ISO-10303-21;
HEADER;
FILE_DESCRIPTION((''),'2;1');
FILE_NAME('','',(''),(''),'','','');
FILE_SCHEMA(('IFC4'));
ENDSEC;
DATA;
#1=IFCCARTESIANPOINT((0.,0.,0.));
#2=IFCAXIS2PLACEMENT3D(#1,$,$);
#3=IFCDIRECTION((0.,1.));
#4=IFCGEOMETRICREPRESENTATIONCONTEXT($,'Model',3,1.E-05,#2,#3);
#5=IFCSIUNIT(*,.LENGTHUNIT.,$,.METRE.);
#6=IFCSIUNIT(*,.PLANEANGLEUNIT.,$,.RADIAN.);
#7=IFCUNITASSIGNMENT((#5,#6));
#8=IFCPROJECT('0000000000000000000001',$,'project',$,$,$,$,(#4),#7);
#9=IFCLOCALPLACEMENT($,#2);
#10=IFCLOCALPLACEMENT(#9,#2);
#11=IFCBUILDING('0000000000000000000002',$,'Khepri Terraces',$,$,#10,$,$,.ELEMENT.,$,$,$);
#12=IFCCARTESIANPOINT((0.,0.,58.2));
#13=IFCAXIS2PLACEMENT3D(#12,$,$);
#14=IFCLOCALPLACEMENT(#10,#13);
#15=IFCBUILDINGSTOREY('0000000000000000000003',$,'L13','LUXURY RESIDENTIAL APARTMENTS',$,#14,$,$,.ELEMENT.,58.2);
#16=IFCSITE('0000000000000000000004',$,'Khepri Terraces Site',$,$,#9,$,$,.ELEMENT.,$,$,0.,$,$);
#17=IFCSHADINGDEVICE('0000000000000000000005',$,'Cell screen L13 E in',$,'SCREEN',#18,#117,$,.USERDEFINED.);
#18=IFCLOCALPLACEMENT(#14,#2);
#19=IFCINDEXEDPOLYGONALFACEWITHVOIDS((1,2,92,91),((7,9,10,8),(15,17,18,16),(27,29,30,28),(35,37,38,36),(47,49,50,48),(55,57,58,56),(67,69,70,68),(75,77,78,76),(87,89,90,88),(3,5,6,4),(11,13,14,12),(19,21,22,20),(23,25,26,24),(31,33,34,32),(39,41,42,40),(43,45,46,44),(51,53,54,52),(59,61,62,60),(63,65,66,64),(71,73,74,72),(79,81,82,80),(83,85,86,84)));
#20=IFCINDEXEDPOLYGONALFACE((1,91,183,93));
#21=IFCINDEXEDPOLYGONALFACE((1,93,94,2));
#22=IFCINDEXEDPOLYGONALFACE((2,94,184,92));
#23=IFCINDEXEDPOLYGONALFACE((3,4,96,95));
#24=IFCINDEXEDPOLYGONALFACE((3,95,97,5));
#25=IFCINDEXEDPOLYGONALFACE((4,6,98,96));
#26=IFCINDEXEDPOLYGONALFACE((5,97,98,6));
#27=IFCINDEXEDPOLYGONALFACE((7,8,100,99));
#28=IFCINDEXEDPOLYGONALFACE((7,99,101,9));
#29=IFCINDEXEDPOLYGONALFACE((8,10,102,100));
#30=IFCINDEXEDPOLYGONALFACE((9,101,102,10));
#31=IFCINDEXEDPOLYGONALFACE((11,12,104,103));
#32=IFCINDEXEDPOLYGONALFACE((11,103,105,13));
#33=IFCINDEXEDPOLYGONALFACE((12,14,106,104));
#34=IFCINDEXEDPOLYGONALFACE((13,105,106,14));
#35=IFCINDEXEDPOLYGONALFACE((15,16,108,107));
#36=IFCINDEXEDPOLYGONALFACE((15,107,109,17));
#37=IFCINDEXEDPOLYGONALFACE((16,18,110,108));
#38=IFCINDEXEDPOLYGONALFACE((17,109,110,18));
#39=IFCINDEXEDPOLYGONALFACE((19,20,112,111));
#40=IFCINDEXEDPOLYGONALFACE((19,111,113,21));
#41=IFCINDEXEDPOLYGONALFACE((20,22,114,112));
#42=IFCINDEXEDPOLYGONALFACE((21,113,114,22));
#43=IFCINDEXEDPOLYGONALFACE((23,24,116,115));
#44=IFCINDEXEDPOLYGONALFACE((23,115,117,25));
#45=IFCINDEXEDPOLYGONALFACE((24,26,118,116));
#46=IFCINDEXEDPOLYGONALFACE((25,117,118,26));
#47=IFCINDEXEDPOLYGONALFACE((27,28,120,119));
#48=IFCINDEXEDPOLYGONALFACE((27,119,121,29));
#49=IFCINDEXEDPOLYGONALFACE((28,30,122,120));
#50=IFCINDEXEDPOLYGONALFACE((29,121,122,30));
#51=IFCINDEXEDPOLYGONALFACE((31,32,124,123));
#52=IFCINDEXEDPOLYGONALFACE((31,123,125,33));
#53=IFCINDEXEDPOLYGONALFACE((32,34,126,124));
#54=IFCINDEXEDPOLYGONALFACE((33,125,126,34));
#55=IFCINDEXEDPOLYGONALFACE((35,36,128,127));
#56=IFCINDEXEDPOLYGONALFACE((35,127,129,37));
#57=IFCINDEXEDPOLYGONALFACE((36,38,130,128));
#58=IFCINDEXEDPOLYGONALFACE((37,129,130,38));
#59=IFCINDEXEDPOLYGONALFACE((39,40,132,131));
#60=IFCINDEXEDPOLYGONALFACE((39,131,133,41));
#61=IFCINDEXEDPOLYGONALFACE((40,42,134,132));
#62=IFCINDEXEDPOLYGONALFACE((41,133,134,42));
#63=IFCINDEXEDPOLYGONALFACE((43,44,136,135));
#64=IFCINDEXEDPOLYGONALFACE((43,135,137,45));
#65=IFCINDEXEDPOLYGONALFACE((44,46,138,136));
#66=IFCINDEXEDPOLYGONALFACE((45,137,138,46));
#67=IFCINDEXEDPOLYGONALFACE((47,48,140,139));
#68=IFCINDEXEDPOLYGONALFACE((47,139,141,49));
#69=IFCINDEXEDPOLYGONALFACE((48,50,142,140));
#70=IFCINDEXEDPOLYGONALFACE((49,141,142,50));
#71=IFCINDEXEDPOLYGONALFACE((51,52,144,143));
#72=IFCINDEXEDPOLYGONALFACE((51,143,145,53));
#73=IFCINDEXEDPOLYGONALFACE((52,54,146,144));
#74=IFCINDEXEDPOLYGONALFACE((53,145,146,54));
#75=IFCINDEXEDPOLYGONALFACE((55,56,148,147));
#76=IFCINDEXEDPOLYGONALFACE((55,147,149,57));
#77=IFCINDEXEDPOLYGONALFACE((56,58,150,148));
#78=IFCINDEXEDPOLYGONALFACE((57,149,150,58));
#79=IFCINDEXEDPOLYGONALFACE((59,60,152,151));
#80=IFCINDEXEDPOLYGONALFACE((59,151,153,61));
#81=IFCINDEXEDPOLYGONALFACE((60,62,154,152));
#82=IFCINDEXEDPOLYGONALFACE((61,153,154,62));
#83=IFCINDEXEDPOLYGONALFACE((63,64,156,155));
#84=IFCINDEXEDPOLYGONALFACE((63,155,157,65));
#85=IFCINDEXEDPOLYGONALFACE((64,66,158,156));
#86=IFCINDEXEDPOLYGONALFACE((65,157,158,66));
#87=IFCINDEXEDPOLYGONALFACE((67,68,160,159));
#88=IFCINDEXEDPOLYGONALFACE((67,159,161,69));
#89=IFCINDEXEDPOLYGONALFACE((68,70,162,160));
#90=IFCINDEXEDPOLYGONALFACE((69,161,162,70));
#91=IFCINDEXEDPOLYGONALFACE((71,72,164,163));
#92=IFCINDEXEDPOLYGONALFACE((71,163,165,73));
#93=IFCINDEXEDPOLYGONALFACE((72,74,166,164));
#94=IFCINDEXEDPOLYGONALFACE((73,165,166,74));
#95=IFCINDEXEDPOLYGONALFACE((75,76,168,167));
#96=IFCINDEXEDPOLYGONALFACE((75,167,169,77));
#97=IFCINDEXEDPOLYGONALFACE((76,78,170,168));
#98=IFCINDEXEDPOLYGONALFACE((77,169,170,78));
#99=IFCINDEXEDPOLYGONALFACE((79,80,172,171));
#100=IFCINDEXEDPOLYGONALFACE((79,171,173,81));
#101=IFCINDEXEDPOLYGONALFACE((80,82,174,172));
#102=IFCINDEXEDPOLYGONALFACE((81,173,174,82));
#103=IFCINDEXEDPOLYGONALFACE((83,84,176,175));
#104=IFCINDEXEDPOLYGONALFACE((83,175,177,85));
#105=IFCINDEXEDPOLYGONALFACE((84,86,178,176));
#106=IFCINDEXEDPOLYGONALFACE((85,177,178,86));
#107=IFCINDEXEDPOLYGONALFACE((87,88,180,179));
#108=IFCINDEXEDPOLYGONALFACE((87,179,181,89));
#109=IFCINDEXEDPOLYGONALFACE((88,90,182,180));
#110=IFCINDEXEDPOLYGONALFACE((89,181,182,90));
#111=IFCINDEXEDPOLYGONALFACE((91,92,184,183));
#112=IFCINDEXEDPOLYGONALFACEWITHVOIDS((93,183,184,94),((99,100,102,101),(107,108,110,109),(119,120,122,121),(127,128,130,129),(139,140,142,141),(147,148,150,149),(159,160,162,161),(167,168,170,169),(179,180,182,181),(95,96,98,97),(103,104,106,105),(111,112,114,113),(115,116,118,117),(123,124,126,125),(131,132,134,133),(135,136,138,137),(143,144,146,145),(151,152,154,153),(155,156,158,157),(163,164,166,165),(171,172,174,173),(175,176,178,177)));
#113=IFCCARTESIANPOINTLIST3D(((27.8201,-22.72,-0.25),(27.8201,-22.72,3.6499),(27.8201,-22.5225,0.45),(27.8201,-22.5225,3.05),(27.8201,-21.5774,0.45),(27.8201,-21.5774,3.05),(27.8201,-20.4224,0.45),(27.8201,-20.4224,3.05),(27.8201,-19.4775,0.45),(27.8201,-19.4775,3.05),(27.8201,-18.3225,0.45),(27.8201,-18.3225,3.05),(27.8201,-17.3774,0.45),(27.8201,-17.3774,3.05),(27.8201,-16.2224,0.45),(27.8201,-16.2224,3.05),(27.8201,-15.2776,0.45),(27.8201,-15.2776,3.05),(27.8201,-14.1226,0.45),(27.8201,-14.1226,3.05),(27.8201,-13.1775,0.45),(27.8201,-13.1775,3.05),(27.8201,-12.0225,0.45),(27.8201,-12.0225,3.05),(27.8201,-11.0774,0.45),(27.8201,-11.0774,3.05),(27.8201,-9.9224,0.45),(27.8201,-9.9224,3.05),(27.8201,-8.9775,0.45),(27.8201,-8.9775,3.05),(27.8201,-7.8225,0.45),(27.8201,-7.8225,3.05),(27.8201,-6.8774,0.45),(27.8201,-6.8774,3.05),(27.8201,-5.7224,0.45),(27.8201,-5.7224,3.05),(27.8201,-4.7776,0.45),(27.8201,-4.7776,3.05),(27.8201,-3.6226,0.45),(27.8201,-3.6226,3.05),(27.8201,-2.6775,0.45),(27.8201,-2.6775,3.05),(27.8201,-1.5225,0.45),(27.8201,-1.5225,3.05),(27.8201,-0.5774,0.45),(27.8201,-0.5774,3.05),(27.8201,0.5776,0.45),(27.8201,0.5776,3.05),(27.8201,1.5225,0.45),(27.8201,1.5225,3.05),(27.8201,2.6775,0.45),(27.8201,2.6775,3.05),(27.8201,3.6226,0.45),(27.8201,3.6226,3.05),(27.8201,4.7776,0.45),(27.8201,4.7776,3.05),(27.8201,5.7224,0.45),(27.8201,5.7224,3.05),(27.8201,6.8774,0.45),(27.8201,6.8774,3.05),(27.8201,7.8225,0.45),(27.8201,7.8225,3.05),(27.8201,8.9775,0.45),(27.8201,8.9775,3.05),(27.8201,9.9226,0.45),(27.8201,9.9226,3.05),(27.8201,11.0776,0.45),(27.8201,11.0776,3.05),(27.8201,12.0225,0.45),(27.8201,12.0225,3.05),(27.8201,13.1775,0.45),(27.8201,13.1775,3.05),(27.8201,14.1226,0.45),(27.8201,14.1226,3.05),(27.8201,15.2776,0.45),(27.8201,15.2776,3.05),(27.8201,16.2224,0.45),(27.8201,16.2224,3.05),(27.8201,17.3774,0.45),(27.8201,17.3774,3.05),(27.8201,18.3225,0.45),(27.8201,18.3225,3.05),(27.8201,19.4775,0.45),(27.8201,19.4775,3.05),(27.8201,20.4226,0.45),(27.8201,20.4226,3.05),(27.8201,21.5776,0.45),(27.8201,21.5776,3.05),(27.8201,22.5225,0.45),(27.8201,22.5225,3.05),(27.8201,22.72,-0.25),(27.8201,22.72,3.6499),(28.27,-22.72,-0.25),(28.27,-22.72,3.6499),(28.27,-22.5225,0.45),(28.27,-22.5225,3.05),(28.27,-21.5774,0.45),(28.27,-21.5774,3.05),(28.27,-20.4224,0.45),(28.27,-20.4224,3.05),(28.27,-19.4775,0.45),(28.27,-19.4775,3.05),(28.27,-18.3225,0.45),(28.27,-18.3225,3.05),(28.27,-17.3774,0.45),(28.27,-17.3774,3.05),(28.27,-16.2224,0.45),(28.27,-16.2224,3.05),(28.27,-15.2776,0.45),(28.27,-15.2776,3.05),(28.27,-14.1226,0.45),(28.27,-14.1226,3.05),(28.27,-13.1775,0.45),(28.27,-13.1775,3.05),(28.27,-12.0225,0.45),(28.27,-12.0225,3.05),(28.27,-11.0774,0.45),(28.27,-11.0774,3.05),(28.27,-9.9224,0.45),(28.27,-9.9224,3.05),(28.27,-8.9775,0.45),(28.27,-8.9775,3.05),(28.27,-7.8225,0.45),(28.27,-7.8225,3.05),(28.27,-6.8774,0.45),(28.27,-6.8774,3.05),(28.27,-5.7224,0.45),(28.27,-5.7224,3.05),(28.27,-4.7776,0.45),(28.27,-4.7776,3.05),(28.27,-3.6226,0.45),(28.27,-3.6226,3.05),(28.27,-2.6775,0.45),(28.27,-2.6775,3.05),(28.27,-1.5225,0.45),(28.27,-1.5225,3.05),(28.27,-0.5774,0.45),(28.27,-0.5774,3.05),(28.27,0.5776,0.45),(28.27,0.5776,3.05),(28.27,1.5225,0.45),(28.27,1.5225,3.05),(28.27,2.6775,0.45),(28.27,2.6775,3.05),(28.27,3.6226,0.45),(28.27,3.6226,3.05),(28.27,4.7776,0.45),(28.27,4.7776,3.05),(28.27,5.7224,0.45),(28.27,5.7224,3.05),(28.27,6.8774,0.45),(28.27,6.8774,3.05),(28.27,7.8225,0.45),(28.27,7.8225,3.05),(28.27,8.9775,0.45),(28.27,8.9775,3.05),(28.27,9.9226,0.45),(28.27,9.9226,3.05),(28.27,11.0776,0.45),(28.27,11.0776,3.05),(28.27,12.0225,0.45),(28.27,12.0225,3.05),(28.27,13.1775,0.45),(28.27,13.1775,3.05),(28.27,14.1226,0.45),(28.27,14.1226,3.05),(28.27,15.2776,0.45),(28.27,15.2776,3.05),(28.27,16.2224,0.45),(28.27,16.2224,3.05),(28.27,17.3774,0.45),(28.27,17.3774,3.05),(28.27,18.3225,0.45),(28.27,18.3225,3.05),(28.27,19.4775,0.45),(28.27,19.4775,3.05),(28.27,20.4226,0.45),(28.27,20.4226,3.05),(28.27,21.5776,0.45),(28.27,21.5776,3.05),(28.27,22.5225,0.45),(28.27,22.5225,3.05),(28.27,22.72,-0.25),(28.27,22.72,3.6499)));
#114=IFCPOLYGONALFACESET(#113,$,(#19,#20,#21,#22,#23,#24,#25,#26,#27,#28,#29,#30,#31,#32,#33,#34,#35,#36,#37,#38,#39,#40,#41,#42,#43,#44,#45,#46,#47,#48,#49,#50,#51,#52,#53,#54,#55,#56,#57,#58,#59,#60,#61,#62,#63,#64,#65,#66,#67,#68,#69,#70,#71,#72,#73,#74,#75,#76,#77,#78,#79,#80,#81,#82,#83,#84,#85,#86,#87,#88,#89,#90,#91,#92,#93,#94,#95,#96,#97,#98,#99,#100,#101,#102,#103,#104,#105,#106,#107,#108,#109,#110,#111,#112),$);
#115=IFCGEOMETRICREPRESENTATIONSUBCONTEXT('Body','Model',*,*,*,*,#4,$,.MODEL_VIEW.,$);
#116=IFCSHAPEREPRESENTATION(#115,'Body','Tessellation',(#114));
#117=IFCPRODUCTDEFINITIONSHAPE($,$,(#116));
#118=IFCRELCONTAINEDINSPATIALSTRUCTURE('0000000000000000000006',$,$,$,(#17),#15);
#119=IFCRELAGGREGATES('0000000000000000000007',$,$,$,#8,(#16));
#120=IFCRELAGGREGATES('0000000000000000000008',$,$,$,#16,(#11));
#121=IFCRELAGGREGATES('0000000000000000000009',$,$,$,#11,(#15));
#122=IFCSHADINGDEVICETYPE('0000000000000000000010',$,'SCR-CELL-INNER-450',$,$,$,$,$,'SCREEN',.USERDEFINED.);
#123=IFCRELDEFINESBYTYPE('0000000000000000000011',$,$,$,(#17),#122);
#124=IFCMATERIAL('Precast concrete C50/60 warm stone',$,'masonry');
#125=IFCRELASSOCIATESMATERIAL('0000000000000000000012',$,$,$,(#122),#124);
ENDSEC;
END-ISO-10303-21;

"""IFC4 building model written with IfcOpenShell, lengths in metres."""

from ifc_helpers import new_model, si_unit, direction, frame, origin, place, context, subcontext, project, spatial, polyline, outline, extrude, material, type_object, element, save


model = new_model("IFC4")

# Units and contexts
model_context = context("Model", 3, precision=1e-05, world=origin(), true_north=direction((0.0, 1.0)))
body_context = subcontext(model_context, "Body", "Model", "MODEL_VIEW")
ifc_project = project(units=[si_unit("LENGTHUNIT", "METRE"), si_unit("PLANEANGLEUNIT", "RADIAN")], contexts=[model_context])

# Site, building, storey
site_placement = place(None, origin())
site = spatial("IfcSite", under=ifc_project, at=site_placement, Name="Khepri Terraces Site", CompositionType="ELEMENT", RefElevation=0.0)
building_placement = place(site_placement, origin())
building = spatial("IfcBuilding", under=site, at=building_placement, Name="Khepri Terraces", CompositionType="ELEMENT")
storey_placement = place(building_placement, frame((0.0, 0.0, 58.2)))
storey = spatial("IfcBuildingStorey", under=building, at=storey_placement, Name="L13", Description="LUXURY RESIDENTIAL APARTMENTS", CompositionType="ELEMENT", Elevation=58.2)

# Shared definitions
ifc_material_1 = material(Name="Precast concrete C50/60 warm stone", Category="masonry")

# Shading device
shading_device_type_1 = type_object("IfcShadingDeviceType", Name="SCR-CELL-INNER-450", ElementType="SCREEN", PredefinedType="USERDEFINED", material=ifc_material_1)
shading_device_1_placement = place(storey_placement, frame((27.8201, -22.72, -0.25), z_axis=(1.0, 0.0, 0.0), x_axis=(0.0, 1.0, 0.0)))
element("IfcShadingDevice", 1, at=shading_device_1_placement, inside=storey, type_object=shading_device_type_1, Name="Cell screen L13 E in", ObjectType="SCREEN", PredefinedType="USERDEFINED", context=body_context, shape_type="SweptSolid", body=[
    extrude(outline(polyline([(0.0, 0.0), (45.4399, 0.0), (45.4399, 3.8999), (0.0, 3.8999), (0.0, 0.0)]), holes=[polyline([(0.1975, 0.7), (1.1426, 0.7), (1.1426, 3.3), (0.1975, 3.3), (0.1975, 0.7)]), polyline([(2.2976, 0.7), (3.2424, 0.7), (3.2424, 3.3), (2.2976, 3.3), (2.2976, 0.7)]), polyline([(4.3975, 0.7), (5.3425, 0.7), (5.3425, 3.3), (4.3975, 3.3), (4.3975, 0.7)]), polyline([(6.4976, 0.7), (7.4424, 0.7), (7.4424, 3.3), (6.4976, 3.3), (6.4976, 0.7)]), polyline([(8.5974, 0.7), (9.5425, 0.7), (9.5425, 3.3), (8.5974, 3.3), (8.5974, 0.7)]), polyline([(10.6975, 0.7), (11.6426, 0.7), (11.6426, 3.3), (10.6975, 3.3), (10.6975, 0.7)]), polyline([(12.7976, 0.7), (13.7424, 0.7), (13.7424, 3.3), (12.7976, 3.3), (12.7976, 0.7)]), polyline([(14.8975, 0.7), (15.8425, 0.7), (15.8425, 3.3), (14.8975, 3.3), (14.8975, 0.7)]), polyline([(16.9976, 0.7), (17.9424, 0.7), (17.9424, 3.3), (16.9976, 3.3), (16.9976, 0.7)]), polyline([(19.0974, 0.7), (20.0425, 0.7), (20.0425, 3.3), (19.0974, 3.3), (19.0974, 0.7)]), polyline([(21.1975, 0.7), (22.1426, 0.7), (22.1426, 3.3), (21.1975, 3.3), (21.1975, 0.7)]), polyline([(23.2976, 0.7), (24.2424, 0.7), (24.2424, 3.3), (23.2976, 3.3), (23.2976, 0.7)]), polyline([(25.3975, 0.7), (26.3425, 0.7), (26.3425, 3.3), (25.3975, 3.3), (25.3975, 0.7)]), polyline([(27.4976, 0.7), (28.4424, 0.7), (28.4424, 3.3), (27.4976, 3.3), (27.4976, 0.7)]), polyline([(29.5974, 0.7), (30.5425, 0.7), (30.5425, 3.3), (29.5974, 3.3), (29.5974, 0.7)]), polyline([(31.6975, 0.7), (32.6426, 0.7), (32.6426, 3.3), (31.6975, 3.3), (31.6975, 0.7)]), polyline([(33.7976, 0.7), (34.7424, 0.7), (34.7424, 3.3), (33.7976, 3.3), (33.7976, 0.7)]), polyline([(35.8975, 0.7), (36.8425, 0.7), (36.8425, 3.3), (35.8975, 3.3), (35.8975, 0.7)]), polyline([(37.9976, 0.7), (38.9424, 0.7), (38.9424, 3.3), (37.9976, 3.3), (37.9976, 0.7)]), polyline([(40.0974, 0.7), (41.0425, 0.7), (41.0425, 3.3), (40.0974, 3.3), (40.0974, 0.7)]), polyline([(42.1975, 0.7), (43.1426, 0.7), (43.1426, 3.3), (42.1975, 3.3), (42.1975, 0.7)]), polyline([(44.2976, 0.7), (45.2424, 0.7), (45.2424, 3.3), (44.2976, 3.3), (44.2976, 0.7)])]), origin(), (0.0, 0.0, 1.0), 0.45),
])

save(model, "model.ifc")
